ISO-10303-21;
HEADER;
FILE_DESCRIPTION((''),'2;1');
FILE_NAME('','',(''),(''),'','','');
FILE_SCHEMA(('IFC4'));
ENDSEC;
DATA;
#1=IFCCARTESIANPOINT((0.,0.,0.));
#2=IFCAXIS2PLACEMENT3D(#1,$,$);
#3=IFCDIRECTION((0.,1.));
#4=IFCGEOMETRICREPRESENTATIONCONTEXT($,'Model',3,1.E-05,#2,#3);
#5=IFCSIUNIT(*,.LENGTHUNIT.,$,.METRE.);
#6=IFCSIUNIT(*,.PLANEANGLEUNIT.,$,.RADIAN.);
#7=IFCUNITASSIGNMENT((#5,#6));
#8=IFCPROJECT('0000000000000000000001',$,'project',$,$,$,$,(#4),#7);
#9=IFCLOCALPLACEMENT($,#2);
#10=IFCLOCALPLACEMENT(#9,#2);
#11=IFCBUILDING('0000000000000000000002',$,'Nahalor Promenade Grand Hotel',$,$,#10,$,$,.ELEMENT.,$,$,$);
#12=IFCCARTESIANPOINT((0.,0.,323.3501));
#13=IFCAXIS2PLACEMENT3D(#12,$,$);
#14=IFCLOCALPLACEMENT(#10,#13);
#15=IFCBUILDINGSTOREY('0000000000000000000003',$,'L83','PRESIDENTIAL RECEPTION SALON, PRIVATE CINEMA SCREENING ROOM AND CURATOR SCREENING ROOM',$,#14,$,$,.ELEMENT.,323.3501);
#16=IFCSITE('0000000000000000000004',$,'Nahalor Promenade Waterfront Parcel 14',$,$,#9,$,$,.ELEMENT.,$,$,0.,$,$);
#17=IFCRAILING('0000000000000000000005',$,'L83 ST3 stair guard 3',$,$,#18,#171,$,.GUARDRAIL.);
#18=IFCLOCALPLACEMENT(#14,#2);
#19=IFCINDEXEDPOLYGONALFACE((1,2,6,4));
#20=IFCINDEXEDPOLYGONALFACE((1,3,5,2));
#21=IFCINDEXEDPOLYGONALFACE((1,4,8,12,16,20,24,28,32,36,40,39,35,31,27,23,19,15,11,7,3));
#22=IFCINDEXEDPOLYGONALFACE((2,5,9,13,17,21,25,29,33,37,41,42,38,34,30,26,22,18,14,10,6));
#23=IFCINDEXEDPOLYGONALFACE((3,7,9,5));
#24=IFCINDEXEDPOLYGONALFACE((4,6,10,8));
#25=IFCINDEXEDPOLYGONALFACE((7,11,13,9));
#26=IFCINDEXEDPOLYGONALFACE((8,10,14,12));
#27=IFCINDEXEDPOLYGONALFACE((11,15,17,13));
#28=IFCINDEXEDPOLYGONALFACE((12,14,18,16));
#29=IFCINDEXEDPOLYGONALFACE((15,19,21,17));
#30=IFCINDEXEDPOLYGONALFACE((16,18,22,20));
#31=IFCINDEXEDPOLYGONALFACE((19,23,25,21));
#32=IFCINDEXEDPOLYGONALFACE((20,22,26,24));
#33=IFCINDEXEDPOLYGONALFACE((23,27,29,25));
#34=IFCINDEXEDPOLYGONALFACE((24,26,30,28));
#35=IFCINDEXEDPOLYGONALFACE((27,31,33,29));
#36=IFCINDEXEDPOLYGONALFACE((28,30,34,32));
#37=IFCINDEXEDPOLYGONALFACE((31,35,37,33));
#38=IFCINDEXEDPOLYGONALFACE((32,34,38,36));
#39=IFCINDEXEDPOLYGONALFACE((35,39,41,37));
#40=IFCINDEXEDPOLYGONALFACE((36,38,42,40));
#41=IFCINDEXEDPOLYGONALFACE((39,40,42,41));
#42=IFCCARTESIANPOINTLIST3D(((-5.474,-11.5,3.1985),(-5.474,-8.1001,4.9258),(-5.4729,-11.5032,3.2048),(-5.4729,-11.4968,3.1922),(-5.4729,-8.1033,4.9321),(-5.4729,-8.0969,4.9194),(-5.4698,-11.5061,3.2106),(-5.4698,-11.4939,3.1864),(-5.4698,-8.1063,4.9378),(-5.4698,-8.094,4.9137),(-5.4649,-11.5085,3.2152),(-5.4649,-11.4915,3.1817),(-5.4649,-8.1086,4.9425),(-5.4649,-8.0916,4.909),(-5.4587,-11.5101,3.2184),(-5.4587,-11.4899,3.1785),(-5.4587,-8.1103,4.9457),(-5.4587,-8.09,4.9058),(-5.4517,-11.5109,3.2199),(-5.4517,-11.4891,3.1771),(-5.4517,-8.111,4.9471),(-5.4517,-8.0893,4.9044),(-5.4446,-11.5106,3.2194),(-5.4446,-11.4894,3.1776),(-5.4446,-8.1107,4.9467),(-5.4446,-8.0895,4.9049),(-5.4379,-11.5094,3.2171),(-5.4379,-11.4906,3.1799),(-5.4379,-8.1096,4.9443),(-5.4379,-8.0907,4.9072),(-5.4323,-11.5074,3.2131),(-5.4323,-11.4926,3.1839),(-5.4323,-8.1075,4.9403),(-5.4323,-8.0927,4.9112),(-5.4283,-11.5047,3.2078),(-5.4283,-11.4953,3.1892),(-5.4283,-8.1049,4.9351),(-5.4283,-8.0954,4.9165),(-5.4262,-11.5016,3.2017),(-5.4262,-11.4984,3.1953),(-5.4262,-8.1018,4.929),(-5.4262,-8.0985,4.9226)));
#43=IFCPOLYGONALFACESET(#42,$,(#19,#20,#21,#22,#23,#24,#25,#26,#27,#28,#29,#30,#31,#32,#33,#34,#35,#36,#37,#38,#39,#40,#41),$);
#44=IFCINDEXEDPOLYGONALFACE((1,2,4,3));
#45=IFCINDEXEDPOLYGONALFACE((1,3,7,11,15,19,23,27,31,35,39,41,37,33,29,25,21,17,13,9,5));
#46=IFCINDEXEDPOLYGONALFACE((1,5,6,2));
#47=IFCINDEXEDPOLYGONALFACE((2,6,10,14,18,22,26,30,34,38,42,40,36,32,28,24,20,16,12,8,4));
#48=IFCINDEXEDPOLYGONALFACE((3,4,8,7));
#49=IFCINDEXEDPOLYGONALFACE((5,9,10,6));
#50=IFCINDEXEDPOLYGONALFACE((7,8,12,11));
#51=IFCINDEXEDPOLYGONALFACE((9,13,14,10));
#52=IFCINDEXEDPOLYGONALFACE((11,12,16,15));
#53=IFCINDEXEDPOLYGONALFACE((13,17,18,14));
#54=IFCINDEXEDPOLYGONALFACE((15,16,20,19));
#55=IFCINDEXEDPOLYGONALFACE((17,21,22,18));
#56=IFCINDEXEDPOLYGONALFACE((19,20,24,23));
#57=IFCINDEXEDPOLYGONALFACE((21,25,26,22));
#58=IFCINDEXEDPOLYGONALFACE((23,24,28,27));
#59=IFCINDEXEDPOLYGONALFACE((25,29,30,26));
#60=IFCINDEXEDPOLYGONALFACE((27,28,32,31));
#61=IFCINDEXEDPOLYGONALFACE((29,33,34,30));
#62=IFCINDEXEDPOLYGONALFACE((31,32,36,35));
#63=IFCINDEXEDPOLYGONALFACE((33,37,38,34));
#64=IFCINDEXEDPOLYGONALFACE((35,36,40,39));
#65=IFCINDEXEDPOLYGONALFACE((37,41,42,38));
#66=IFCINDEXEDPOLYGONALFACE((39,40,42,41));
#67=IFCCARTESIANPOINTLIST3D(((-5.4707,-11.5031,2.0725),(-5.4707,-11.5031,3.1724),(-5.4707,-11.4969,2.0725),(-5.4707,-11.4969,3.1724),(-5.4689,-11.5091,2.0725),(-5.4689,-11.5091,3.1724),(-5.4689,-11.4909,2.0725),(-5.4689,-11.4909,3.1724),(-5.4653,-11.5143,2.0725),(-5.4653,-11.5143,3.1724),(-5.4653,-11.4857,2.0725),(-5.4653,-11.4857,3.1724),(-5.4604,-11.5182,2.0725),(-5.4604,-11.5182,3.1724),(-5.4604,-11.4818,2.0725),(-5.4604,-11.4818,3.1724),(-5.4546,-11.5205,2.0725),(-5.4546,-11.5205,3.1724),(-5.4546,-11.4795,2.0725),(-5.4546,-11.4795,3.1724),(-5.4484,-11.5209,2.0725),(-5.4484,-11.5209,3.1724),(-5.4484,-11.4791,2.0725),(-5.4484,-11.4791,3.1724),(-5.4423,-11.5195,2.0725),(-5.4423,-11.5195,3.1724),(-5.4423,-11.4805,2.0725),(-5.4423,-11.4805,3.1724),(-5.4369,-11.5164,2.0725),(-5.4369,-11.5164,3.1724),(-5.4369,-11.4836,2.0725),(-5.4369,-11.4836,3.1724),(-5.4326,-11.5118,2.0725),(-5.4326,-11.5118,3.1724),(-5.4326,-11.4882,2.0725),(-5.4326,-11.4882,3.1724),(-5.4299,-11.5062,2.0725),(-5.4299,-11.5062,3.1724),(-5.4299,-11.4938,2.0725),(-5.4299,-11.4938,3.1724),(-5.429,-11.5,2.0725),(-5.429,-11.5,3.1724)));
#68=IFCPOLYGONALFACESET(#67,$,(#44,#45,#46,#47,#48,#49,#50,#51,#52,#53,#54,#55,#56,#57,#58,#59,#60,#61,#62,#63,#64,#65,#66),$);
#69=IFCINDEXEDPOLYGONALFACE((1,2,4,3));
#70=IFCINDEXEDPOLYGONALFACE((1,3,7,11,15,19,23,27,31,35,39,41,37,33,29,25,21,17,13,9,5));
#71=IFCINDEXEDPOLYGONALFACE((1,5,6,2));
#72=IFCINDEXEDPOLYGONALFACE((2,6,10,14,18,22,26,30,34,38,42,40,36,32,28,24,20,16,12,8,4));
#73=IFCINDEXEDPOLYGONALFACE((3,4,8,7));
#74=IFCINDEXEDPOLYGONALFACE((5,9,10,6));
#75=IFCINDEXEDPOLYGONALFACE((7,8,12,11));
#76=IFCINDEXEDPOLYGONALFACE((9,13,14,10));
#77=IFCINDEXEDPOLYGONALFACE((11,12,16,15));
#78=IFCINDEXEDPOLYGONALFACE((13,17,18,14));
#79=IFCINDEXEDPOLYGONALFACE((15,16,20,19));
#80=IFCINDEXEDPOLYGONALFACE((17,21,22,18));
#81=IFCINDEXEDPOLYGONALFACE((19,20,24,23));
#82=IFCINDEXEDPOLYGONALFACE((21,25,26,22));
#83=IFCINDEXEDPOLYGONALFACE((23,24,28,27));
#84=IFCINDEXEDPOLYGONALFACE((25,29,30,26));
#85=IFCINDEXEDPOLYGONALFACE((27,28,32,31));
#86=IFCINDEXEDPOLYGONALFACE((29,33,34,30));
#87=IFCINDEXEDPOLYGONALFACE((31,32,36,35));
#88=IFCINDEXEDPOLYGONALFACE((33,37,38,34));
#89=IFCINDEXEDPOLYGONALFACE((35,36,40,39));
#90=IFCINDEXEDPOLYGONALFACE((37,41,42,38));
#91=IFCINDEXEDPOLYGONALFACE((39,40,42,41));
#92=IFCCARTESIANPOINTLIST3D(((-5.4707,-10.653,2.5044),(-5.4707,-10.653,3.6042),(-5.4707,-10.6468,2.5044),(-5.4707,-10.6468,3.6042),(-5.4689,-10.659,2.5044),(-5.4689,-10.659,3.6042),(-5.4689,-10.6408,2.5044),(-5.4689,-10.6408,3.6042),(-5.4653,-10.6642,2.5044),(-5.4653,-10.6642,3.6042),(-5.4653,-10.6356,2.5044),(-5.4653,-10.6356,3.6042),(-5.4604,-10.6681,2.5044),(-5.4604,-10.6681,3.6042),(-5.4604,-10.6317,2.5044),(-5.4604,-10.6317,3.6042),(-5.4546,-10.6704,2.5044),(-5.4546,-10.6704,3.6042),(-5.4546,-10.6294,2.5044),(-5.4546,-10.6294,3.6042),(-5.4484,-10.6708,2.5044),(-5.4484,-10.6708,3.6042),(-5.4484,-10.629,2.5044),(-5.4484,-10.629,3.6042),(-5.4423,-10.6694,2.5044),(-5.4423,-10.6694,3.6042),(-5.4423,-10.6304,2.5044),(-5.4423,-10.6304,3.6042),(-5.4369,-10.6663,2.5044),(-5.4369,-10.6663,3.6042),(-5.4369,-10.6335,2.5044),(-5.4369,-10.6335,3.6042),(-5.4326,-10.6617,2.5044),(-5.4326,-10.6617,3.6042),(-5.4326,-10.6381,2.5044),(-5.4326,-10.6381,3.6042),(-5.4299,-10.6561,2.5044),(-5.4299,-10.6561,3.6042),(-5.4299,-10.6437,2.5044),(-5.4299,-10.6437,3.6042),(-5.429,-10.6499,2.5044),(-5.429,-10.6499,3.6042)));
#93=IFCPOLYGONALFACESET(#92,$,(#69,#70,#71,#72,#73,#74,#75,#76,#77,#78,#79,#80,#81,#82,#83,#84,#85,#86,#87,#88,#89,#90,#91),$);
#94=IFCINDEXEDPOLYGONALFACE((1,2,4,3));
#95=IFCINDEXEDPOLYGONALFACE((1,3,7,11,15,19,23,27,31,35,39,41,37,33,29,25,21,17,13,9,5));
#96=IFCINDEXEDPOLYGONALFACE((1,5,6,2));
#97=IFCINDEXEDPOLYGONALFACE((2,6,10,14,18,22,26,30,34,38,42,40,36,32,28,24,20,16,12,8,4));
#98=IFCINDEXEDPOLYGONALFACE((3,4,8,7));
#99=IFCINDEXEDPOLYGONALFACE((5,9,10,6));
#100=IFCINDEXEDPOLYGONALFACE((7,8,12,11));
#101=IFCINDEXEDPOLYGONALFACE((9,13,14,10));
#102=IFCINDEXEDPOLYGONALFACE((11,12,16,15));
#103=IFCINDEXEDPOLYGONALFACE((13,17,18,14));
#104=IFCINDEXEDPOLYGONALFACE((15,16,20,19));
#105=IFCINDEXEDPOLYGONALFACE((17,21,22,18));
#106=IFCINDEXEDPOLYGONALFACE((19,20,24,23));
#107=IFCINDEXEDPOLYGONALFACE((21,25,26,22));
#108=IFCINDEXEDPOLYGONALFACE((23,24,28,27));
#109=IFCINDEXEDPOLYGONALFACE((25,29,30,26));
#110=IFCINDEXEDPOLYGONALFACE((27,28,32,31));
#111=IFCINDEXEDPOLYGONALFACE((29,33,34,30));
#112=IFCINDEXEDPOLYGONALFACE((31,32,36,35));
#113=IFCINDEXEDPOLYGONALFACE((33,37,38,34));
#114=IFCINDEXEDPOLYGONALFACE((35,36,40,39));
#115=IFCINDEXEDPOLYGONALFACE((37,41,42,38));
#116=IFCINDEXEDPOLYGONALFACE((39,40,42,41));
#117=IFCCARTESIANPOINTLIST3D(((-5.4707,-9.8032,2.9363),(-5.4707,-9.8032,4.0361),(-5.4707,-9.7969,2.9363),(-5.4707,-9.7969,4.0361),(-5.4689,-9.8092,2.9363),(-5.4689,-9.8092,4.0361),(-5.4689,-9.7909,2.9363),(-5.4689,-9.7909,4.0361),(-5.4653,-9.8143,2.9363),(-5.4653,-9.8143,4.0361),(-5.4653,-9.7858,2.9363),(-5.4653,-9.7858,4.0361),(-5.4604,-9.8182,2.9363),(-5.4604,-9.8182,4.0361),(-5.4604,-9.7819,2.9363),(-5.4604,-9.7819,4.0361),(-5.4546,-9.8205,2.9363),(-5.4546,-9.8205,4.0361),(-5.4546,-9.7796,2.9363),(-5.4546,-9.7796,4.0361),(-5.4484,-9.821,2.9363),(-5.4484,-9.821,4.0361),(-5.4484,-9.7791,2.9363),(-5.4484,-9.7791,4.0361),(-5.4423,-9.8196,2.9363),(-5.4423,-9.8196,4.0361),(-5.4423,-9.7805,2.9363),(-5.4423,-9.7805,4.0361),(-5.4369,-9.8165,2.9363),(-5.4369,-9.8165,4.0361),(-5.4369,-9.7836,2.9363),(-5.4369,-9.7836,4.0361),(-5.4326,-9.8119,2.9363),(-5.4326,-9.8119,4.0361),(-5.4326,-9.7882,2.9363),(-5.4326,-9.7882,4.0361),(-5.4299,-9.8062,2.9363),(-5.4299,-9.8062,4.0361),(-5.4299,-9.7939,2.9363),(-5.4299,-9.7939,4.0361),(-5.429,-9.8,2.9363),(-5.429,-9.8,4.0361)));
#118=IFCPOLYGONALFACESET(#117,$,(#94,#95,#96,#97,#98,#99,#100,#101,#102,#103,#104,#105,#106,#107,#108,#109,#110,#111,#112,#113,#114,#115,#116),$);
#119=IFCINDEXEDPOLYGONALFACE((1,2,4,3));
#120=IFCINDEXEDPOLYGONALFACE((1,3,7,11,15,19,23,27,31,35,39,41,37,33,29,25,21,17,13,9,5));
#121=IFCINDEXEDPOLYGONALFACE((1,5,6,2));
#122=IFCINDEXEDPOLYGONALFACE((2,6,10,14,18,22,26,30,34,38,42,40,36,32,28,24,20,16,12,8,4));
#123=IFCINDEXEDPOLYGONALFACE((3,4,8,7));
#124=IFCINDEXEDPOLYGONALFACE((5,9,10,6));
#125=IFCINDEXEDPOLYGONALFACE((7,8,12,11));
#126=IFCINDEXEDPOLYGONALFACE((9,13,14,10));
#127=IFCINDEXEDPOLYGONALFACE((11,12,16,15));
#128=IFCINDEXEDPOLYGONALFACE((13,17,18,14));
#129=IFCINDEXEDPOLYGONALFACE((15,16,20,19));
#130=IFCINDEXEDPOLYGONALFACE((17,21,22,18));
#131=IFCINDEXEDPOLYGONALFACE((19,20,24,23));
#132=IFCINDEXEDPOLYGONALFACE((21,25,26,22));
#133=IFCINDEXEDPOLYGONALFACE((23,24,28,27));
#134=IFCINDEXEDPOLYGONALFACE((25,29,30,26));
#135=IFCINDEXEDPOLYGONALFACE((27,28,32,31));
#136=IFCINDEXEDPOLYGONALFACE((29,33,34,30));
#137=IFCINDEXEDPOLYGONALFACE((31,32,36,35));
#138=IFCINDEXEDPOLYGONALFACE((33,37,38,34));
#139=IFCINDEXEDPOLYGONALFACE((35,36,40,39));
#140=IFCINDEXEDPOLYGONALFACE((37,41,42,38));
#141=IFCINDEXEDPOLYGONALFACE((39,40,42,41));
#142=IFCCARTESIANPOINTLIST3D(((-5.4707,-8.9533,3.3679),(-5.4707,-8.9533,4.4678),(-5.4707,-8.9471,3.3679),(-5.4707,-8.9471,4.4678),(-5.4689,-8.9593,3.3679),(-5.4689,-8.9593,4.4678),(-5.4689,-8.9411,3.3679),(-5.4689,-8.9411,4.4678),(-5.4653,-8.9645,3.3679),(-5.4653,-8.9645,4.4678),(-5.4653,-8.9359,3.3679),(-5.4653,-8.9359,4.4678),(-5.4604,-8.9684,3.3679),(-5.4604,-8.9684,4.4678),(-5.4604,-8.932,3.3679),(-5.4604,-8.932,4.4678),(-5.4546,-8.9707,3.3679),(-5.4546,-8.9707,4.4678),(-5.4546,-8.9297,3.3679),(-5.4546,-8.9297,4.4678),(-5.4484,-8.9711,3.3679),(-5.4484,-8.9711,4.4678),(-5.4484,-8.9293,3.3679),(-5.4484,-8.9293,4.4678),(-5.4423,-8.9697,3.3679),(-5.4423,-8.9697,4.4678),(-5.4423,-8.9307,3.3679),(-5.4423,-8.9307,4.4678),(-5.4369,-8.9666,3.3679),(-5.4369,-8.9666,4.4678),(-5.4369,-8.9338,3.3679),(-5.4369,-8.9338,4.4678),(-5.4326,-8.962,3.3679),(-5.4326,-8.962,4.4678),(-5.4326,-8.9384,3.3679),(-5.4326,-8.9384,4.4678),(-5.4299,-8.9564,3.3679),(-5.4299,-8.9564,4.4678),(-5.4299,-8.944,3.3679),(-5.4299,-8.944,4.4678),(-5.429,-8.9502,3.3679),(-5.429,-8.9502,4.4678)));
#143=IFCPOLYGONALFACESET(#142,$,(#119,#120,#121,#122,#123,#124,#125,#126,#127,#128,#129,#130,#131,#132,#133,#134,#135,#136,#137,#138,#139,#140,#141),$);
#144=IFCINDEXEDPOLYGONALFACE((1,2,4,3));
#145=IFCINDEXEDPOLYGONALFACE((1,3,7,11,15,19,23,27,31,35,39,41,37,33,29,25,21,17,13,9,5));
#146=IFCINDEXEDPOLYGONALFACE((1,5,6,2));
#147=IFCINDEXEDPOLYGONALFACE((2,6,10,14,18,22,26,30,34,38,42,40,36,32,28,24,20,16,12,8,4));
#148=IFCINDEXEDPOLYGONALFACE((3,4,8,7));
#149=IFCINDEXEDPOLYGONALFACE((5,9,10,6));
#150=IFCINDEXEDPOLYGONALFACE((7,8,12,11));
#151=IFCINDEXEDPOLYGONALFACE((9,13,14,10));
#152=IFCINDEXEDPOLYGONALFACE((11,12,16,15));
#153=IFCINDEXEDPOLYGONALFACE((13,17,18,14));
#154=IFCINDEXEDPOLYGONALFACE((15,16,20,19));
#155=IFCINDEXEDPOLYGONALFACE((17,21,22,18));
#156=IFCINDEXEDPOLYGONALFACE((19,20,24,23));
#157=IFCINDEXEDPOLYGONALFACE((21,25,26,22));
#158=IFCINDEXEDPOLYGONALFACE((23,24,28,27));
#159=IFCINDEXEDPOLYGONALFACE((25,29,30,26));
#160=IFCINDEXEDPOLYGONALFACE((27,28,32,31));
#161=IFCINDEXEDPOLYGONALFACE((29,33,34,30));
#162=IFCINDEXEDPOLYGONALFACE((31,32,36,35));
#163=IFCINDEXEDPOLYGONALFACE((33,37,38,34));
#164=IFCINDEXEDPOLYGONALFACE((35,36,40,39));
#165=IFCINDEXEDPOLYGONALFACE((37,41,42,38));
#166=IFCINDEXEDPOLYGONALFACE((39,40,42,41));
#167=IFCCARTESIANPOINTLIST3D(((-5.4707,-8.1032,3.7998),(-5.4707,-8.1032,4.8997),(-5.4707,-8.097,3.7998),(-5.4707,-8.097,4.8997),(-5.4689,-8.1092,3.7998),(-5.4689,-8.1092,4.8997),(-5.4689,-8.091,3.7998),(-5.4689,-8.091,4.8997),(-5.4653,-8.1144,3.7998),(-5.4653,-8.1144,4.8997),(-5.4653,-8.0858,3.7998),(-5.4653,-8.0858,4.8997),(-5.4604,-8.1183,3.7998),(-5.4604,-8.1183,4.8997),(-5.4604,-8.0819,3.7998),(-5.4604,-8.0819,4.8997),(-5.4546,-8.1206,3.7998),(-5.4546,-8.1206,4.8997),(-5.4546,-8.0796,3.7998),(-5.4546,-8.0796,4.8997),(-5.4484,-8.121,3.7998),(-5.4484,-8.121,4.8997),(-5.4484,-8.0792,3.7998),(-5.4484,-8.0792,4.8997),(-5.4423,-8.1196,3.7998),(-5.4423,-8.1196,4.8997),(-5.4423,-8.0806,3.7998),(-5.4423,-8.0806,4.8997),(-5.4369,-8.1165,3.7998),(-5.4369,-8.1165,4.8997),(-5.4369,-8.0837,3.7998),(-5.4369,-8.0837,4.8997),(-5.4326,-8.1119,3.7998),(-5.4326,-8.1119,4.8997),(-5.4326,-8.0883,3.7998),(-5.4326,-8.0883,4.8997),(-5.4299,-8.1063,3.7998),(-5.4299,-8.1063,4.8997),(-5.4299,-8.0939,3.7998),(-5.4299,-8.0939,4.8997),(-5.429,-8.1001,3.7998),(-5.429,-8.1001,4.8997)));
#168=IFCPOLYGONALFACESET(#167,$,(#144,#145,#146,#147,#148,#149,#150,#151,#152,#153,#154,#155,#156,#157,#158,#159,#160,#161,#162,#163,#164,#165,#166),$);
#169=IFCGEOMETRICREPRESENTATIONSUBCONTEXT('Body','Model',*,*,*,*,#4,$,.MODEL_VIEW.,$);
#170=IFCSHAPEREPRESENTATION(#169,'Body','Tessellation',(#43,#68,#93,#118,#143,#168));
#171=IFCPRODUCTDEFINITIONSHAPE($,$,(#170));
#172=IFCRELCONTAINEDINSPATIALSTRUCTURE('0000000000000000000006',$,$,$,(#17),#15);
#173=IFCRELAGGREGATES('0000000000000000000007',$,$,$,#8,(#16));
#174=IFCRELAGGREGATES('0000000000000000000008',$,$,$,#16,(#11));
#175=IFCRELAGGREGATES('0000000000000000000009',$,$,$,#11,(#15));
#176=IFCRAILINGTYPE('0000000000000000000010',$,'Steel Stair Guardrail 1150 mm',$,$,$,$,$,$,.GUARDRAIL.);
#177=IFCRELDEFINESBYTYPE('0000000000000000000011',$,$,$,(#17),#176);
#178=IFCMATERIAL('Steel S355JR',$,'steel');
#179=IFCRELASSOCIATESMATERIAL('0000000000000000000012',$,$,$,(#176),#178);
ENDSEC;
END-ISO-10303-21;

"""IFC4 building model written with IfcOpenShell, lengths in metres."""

from ifc_helpers import new_model, si_unit, direction, frame, origin, origin_2d, place, context, subcontext, project, spatial, circle, extrude, material, type_object, element, save


model = new_model("IFC4")

# Units and contexts
model_context = context("Model", 3, precision=1e-05, world=origin(), true_north=direction((0.0, 1.0)))
body_context = subcontext(model_context, "Body", "Model", "MODEL_VIEW")
ifc_project = project(units=[si_unit("LENGTHUNIT", "METRE"), si_unit("PLANEANGLEUNIT", "RADIAN")], contexts=[model_context])

# Site, building, storey
site_placement = place(None, origin())
site = spatial("IfcSite", under=ifc_project, at=site_placement, Name="Nahalor Promenade Waterfront Parcel 14", CompositionType="ELEMENT", RefElevation=0.0)
building_placement = place(site_placement, origin())
building = spatial("IfcBuilding", under=site, at=building_placement, Name="Nahalor Promenade Grand Hotel", CompositionType="ELEMENT")
storey_placement = place(building_placement, frame((0.0, 0.0, 323.3501)))
storey = spatial("IfcBuildingStorey", under=building, at=storey_placement, Name="L83", Description="PRESIDENTIAL RECEPTION SALON, PRIVATE CINEMA SCREENING ROOM AND CURATOR SCREENING ROOM", CompositionType="ELEMENT", Elevation=323.3501)

# Shared definitions
ifc_material_1 = material(Name="Steel S355JR", Category="steel")

# Railing
railing_type_1 = type_object("IfcRailingType", Name="Steel Stair Guardrail 1150 mm", PredefinedType="GUARDRAIL", material=ifc_material_1)
railing_1_placement = place(storey_placement, frame((-5.45, -11.5, 2.0725)))
element("IfcRailing", 1, at=railing_1_placement, inside=storey, type_object=railing_type_1, Name="L83 ST3 stair guard 3", PredefinedType="GUARDRAIL", context=body_context, shape_type="SweptSolid", body=[
    extrude(circle(Radius=0.024, at=origin_2d()), frame((0.0, 0.0, 1.126), z_axis=(0.0, 0.891541, 0.452941), x_axis=(-1.0, 0.0, 0.0)), (0.0, 0.0, 1.0), 3.8135),
    extrude(circle(Radius=0.021, at=origin_2d()), origin(), (0.0, 0.0, 1.0), 1.0999),
    extrude(circle(Radius=0.021, at=origin_2d()), frame((0.0, 0.8501, 0.4319)), (0.0, 0.0, 1.0), 1.0999),
    extrude(circle(Radius=0.021, at=origin_2d()), frame((0.0, 1.7, 0.8638)), (0.0, 0.0, 1.0), 1.0999),
    extrude(circle(Radius=0.021, at=origin_2d()), frame((0.0, 2.5498, 1.2954)), (0.0, 0.0, 1.0), 1.0999),
    extrude(circle(Radius=0.021, at=origin_2d()), frame((0.0, 3.3999, 1.7273)), (0.0, 0.0, 1.0), 1.0999),
])

save(model, "model.ifc")
